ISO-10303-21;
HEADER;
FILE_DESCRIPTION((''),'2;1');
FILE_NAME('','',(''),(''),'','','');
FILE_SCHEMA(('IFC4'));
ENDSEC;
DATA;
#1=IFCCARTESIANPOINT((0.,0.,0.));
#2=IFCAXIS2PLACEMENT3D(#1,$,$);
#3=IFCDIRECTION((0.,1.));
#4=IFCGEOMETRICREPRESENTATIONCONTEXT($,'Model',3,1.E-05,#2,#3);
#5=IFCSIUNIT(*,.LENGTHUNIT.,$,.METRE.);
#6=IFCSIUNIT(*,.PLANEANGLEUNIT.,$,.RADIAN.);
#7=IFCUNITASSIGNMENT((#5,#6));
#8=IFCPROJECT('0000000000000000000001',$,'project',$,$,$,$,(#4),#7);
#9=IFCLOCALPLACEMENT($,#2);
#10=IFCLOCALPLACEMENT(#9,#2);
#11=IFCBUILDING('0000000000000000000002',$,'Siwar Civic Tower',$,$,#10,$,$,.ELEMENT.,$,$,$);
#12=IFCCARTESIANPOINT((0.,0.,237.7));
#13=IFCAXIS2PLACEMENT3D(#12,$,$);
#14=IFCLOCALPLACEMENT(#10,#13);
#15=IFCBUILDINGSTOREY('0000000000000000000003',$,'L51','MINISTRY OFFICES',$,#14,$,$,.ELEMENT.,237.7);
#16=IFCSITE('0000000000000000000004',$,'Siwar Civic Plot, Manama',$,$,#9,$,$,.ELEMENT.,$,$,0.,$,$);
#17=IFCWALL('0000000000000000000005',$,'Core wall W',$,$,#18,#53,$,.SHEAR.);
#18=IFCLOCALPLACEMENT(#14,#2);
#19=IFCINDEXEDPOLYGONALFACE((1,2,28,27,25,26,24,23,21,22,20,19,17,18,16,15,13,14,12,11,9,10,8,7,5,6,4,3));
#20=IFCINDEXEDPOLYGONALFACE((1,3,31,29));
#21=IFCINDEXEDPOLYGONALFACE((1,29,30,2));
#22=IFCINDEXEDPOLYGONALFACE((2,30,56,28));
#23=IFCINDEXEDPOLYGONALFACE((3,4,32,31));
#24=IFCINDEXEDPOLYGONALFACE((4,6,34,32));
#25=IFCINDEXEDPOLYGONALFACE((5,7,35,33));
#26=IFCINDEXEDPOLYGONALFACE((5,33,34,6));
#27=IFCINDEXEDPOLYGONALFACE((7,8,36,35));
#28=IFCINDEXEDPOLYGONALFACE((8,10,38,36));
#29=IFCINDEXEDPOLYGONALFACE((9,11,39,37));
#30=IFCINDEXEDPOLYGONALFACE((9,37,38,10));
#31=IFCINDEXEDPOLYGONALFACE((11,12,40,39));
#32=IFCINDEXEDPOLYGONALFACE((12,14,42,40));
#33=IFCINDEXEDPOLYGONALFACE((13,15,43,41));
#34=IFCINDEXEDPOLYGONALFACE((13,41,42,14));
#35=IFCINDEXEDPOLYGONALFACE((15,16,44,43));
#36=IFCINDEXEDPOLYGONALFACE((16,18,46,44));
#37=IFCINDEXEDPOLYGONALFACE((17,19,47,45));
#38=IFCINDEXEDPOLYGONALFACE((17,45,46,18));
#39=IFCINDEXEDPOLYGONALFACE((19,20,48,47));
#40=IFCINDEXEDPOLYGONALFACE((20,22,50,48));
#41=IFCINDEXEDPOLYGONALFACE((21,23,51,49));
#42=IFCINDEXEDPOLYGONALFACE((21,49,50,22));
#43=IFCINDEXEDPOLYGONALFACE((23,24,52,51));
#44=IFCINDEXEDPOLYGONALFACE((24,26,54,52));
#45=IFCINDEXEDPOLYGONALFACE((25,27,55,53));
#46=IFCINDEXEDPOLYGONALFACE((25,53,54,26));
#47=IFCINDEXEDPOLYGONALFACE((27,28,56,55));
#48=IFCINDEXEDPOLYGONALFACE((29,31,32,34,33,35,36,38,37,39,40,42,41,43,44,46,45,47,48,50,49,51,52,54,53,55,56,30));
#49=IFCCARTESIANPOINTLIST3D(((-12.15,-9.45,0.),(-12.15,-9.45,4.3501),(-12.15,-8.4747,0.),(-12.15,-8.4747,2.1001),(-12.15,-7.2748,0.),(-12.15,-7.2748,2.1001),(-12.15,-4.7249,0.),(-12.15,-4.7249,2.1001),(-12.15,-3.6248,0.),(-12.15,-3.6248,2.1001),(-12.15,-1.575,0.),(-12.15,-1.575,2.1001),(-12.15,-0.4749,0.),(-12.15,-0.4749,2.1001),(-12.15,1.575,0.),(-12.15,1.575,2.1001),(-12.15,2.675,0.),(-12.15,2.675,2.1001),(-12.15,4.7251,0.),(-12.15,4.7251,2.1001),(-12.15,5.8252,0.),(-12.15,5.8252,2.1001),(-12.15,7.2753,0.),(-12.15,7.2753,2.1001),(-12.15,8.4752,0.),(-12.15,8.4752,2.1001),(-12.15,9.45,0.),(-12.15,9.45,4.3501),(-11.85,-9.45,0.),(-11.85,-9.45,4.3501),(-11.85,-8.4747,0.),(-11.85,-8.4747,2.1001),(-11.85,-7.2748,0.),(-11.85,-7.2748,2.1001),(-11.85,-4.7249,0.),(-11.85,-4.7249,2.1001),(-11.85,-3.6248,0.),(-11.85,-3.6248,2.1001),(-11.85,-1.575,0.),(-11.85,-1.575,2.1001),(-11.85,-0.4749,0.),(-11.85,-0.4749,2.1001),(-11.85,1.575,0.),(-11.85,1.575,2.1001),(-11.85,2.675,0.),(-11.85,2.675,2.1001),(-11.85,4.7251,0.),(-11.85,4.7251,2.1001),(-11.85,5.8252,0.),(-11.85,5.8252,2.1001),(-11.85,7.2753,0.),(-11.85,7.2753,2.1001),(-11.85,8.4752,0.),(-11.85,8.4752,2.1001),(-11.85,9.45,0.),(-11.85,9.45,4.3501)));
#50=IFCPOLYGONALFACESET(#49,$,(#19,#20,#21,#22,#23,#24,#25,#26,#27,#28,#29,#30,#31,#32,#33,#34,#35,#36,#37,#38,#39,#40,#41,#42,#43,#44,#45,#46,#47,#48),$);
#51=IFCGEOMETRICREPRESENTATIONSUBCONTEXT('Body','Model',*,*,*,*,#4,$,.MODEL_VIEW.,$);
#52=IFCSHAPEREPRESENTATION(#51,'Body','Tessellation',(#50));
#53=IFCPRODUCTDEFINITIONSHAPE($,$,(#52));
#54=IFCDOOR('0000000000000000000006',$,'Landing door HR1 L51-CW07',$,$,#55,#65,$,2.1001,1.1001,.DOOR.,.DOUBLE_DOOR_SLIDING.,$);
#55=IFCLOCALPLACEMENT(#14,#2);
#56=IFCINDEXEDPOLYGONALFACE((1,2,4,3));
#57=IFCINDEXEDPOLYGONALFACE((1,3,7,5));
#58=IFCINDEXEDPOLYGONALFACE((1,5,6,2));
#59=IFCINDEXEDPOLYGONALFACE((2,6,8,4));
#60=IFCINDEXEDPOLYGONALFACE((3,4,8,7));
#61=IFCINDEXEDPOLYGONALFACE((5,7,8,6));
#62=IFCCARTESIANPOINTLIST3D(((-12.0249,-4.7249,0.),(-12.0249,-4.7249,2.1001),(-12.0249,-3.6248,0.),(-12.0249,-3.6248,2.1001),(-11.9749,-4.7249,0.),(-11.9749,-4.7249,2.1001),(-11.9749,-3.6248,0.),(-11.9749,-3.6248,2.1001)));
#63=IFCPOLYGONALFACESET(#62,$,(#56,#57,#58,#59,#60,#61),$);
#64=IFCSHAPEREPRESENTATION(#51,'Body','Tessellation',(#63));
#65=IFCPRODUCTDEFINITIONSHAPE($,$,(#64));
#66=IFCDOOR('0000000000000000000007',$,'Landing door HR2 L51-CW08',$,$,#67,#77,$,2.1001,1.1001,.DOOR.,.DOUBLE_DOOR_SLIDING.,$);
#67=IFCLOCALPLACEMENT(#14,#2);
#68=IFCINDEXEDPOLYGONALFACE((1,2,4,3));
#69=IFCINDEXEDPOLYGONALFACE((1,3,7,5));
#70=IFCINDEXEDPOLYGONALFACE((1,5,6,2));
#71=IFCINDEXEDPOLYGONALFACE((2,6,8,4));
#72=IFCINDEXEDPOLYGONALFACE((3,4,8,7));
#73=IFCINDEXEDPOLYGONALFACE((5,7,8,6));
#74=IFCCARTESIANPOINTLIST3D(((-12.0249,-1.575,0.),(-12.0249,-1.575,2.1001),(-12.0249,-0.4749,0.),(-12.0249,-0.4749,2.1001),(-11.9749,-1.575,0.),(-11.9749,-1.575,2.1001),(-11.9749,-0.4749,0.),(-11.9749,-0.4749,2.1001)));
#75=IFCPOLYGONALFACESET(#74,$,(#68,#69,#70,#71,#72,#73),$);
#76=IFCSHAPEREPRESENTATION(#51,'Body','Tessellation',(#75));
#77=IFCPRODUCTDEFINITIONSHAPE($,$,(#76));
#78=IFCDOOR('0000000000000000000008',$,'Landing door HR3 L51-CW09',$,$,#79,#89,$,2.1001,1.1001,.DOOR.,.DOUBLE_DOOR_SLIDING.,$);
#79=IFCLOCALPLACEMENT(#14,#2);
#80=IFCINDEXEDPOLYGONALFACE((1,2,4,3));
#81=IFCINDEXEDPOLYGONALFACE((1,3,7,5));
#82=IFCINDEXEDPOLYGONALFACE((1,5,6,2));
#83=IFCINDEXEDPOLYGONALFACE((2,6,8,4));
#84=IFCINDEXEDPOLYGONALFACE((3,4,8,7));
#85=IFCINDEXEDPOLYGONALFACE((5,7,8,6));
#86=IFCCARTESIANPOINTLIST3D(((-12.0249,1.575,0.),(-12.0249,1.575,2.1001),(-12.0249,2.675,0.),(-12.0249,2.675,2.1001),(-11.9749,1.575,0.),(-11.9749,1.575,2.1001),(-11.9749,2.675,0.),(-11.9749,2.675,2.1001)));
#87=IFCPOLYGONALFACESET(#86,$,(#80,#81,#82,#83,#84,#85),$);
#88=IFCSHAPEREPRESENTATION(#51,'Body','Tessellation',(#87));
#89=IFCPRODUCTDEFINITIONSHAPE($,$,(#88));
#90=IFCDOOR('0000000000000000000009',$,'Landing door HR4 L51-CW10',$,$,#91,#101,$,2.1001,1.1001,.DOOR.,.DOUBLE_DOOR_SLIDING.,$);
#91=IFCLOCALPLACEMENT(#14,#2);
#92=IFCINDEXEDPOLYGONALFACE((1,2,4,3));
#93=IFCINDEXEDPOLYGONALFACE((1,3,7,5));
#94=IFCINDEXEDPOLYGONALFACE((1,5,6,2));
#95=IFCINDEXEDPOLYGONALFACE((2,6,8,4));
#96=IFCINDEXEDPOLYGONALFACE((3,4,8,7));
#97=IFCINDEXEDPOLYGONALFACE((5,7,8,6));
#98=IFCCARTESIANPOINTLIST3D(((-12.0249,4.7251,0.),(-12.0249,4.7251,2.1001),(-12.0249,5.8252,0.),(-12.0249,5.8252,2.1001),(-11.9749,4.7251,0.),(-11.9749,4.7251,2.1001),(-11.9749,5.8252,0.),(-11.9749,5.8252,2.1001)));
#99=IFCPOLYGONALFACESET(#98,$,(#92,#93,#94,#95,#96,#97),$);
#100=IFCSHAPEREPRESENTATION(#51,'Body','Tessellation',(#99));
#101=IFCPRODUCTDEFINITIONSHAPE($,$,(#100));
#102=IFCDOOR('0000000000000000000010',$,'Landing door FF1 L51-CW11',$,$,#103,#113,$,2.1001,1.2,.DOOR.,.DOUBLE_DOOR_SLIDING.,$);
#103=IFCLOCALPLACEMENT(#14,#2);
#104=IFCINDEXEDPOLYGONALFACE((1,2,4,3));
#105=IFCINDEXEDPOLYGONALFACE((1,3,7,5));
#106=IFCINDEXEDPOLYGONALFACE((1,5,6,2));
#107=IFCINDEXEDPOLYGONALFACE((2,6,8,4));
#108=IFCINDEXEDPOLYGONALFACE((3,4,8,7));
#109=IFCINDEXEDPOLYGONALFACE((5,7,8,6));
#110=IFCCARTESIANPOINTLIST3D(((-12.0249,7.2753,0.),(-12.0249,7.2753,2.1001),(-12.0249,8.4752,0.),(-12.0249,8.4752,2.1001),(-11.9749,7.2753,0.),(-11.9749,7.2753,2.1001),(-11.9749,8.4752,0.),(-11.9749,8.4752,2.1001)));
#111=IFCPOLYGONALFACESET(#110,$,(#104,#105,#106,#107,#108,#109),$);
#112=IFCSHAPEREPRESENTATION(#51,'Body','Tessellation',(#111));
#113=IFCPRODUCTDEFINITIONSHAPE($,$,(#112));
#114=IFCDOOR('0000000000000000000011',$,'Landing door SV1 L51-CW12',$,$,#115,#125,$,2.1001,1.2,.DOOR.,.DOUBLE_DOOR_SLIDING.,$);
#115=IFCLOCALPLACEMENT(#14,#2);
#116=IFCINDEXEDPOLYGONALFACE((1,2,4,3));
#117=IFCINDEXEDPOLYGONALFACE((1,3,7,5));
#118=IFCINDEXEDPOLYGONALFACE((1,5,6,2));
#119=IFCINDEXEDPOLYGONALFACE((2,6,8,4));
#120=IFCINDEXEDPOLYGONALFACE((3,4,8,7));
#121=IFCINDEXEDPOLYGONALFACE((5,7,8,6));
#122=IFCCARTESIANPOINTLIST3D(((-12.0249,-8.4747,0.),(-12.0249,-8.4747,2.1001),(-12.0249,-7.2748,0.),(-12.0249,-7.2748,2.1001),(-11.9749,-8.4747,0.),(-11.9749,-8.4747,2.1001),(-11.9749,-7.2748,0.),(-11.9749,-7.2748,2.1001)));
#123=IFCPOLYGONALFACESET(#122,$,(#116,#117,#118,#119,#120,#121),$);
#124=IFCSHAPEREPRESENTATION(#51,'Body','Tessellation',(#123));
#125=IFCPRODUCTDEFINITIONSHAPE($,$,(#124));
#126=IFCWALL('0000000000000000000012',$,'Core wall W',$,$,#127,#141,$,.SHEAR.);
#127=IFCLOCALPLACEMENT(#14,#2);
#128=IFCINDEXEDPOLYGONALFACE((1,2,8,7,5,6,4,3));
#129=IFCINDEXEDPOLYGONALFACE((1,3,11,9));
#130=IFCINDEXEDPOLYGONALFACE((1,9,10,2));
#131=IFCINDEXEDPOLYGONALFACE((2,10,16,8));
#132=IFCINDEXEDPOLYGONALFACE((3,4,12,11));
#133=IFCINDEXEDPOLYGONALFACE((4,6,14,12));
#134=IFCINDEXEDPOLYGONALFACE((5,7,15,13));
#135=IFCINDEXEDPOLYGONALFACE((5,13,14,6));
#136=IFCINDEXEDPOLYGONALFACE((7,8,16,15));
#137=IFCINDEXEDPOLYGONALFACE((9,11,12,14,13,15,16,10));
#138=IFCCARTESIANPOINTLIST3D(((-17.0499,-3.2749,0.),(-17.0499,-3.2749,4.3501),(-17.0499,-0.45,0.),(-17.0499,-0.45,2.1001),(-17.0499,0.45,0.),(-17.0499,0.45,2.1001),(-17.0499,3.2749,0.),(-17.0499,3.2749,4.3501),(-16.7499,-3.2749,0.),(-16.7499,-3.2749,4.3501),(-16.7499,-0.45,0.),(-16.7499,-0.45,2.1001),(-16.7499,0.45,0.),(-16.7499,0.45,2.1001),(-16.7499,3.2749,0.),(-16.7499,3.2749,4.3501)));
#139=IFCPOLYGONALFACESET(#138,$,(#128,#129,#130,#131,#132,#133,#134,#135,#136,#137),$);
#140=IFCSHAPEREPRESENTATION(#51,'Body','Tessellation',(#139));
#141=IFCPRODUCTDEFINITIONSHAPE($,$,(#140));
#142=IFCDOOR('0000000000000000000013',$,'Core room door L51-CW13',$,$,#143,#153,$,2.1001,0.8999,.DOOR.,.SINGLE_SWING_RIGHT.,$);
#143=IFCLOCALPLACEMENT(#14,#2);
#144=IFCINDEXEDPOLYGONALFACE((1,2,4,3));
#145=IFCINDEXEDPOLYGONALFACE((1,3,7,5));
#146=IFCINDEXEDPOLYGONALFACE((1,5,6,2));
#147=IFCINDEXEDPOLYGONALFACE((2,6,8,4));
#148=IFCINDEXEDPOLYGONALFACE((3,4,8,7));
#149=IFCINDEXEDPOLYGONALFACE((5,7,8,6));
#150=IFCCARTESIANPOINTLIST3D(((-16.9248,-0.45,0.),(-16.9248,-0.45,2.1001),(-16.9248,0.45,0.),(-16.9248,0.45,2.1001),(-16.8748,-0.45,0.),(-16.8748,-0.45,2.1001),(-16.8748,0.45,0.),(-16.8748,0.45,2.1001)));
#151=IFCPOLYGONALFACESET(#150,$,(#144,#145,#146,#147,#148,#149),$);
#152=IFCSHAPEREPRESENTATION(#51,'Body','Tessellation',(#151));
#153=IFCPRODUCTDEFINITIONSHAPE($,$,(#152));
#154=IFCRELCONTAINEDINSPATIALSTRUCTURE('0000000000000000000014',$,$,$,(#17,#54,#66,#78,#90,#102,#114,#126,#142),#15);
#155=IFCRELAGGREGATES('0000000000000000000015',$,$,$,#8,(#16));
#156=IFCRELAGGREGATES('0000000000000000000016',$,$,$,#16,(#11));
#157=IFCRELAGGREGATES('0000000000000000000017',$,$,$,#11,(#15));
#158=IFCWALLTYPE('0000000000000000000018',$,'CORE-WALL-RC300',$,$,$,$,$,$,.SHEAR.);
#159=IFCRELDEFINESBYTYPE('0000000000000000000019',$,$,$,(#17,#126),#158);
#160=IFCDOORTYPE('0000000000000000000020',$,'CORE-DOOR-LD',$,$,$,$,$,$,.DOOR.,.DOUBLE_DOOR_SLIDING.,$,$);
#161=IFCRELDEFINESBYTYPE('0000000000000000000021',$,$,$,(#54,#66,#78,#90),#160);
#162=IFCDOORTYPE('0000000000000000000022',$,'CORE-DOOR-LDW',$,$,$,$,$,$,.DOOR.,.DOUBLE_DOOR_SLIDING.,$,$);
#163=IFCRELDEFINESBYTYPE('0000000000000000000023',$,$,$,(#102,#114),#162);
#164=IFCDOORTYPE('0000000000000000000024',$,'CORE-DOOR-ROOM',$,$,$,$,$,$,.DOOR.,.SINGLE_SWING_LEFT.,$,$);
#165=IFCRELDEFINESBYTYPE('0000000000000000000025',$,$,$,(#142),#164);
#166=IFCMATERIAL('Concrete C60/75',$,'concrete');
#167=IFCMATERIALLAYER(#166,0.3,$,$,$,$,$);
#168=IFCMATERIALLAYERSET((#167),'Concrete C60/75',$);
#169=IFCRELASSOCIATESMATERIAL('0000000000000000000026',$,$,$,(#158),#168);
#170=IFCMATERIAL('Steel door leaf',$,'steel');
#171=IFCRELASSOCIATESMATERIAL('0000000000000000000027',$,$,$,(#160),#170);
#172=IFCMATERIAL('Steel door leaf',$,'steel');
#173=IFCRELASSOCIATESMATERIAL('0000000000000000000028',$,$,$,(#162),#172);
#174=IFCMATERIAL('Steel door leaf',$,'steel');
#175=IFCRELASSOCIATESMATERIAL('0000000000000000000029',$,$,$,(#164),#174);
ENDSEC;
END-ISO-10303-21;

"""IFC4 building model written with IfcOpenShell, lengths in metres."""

from ifc_helpers import new_model, si_unit, direction, frame, frame_2d, origin, place, context, subcontext, project, spatial, rectangle, extrude, material, layer, layer_set, type_object, element, fill, save


model = new_model("IFC4")

# Units and contexts
model_context = context("Model", 3, precision=1e-05, world=origin(), true_north=direction((0.0, 1.0)))
body_context = subcontext(model_context, "Body", "Model", "MODEL_VIEW")
ifc_project = project(units=[si_unit("LENGTHUNIT", "METRE"), si_unit("PLANEANGLEUNIT", "RADIAN")], contexts=[model_context])

# Site, building, storey
site_placement = place(None, origin())
site = spatial("IfcSite", under=ifc_project, at=site_placement, Name="Siwar Civic Plot, Manama", CompositionType="ELEMENT", RefElevation=0.0)
building_placement = place(site_placement, origin())
building = spatial("IfcBuilding", under=site, at=building_placement, Name="Siwar Civic Tower", CompositionType="ELEMENT")
storey_placement = place(building_placement, frame((0.0, 0.0, 237.7)))
storey = spatial("IfcBuildingStorey", under=building, at=storey_placement, Name="L51", Description="MINISTRY OFFICES", CompositionType="ELEMENT", Elevation=237.7)

# Wall, openings, doors
ifc_material_1 = material(Name="Concrete C60/75", Category="concrete")
ifc_layer_1 = layer(ifc_material_1, 0.3)
ifc_layer_set_1 = layer_set([ifc_layer_1], Name="Concrete C60/75")
wall_type_1 = type_object("IfcWallType", Name="CORE-WALL-RC300", PredefinedType="SHEAR", material=ifc_layer_set_1)
wall_1_placement = place(storey_placement, frame((-12.0, -9.45, 0.0), z_axis=(0.0, 0.0, 1.0), x_axis=(0.0, 1.0, 0.0)))
wall_1 = element("IfcWall", 1, at=wall_1_placement, inside=storey, type_object=wall_type_1, Name="Core wall W", PredefinedType="SHEAR", context=body_context, shape_type="SweptSolid", body=[
    extrude(rectangle(XDim=18.8999, YDim=0.3, at=frame_2d((9.45, 0.0))), origin(), (0.0, 0.0, 1.0), 4.3501),
])
opening_1_placement = place(wall_1_placement, frame((4.7251, 0.0, 0.0)))
opening_1 = element("IfcOpeningElement", 2, at=opening_1_placement, cuts=wall_1, PredefinedType="OPENING", context=body_context, shape_type="SweptSolid", body=[
    extrude(rectangle(XDim=1.1001, YDim=2.1001, at=frame_2d((0.55, 1.05))), frame((0.0, 0.1602, 0.0), z_axis=(0.0, -1.0, 0.0), x_axis=(1.0, 0.0, 0.0)), (0.0, 0.0, 1.0), 0.3201),
])
opening_2_placement = place(wall_1_placement, frame((7.875, 0.0, 0.0)))
opening_2 = element("IfcOpeningElement", 3, at=opening_2_placement, cuts=wall_1, PredefinedType="OPENING", context=body_context, shape_type="SweptSolid", body=[
    extrude(rectangle(XDim=1.1001, YDim=2.1001, at=frame_2d((0.55, 1.05))), frame((0.0, 0.1602, 0.0), z_axis=(0.0, -1.0, 0.0), x_axis=(1.0, 0.0, 0.0)), (0.0, 0.0, 1.0), 0.3201),
])
opening_3_placement = place(wall_1_placement, frame((11.0249, 0.0, 0.0)))
opening_3 = element("IfcOpeningElement", 4, at=opening_3_placement, cuts=wall_1, PredefinedType="OPENING", context=body_context, shape_type="SweptSolid", body=[
    extrude(rectangle(XDim=1.1001, YDim=2.1001, at=frame_2d((0.55, 1.05))), frame((0.0, 0.1602, 0.0), z_axis=(0.0, -1.0, 0.0), x_axis=(1.0, 0.0, 0.0)), (0.0, 0.0, 1.0), 0.3201),
])
opening_4_placement = place(wall_1_placement, frame((14.175, 0.0, 0.0)))
opening_4 = element("IfcOpeningElement", 5, at=opening_4_placement, cuts=wall_1, PredefinedType="OPENING", context=body_context, shape_type="SweptSolid", body=[
    extrude(rectangle(XDim=1.1001, YDim=2.1001, at=frame_2d((0.55, 1.05))), frame((0.0, 0.1602, 0.0), z_axis=(0.0, -1.0, 0.0), x_axis=(1.0, 0.0, 0.0)), (0.0, 0.0, 1.0), 0.3201),
])
opening_5_placement = place(wall_1_placement, frame((16.7251, 0.0, 0.0)))
opening_5 = element("IfcOpeningElement", 6, at=opening_5_placement, cuts=wall_1, PredefinedType="OPENING", context=body_context, shape_type="SweptSolid", body=[
    extrude(rectangle(XDim=1.2, YDim=2.1001, at=frame_2d((0.6001, 1.05))), frame((0.0, 0.1602, 0.0), z_axis=(0.0, -1.0, 0.0), x_axis=(1.0, 0.0, 0.0)), (0.0, 0.0, 1.0), 0.3201),
])
opening_6_placement = place(wall_1_placement, frame((0.9751, 0.0, 0.0)))
opening_6 = element("IfcOpeningElement", 7, at=opening_6_placement, cuts=wall_1, PredefinedType="OPENING", context=body_context, shape_type="SweptSolid", body=[
    extrude(rectangle(XDim=1.2, YDim=2.1001, at=frame_2d((0.6001, 1.05))), frame((0.0, 0.1602, 0.0), z_axis=(0.0, -1.0, 0.0), x_axis=(1.0, 0.0, 0.0)), (0.0, 0.0, 1.0), 0.3201),
])
ifc_material_2 = material(Name="Steel door leaf", Category="steel")
door_type_1 = type_object("IfcDoorType", Name="CORE-DOOR-LD", OperationType="DOUBLE_DOOR_SLIDING", PredefinedType="DOOR", material=ifc_material_2)
door_1_placement = place(opening_1_placement, origin())
door_1 = element("IfcDoor", 8, at=door_1_placement, inside=storey, type_object=door_type_1, Name="Landing door HR1 L51-CW07", OperationType="DOUBLE_DOOR_SLIDING", OverallHeight=2.1001, OverallWidth=1.1001, PredefinedType="DOOR", context=body_context, shape_type="SweptSolid", body=[
    extrude(rectangle(XDim=1.1001, YDim=2.1001, at=frame_2d((0.55, 1.05))), frame((0.0, 0.0249, 0.0), z_axis=(0.0, -1.0, 0.0), x_axis=(1.0, 0.0, 0.0)), (0.0, 0.0, 1.0), 0.05),
])
fill(opening_1, door_1)
door_2_placement = place(opening_2_placement, origin())
door_2 = element("IfcDoor", 9, at=door_2_placement, inside=storey, type_object=door_type_1, Name="Landing door HR2 L51-CW08", OperationType="DOUBLE_DOOR_SLIDING", OverallHeight=2.1001, OverallWidth=1.1001, PredefinedType="DOOR", context=body_context, shape_type="SweptSolid", body=[
    extrude(rectangle(XDim=1.1001, YDim=2.1001, at=frame_2d((0.55, 1.05))), frame((0.0, 0.0249, 0.0), z_axis=(0.0, -1.0, 0.0), x_axis=(1.0, 0.0, 0.0)), (0.0, 0.0, 1.0), 0.05),
])
fill(opening_2, door_2)
door_3_placement = place(opening_3_placement, origin())
door_3 = element("IfcDoor", 10, at=door_3_placement, inside=storey, type_object=door_type_1, Name="Landing door HR3 L51-CW09", OperationType="DOUBLE_DOOR_SLIDING", OverallHeight=2.1001, OverallWidth=1.1001, PredefinedType="DOOR", context=body_context, shape_type="SweptSolid", body=[
    extrude(rectangle(XDim=1.1001, YDim=2.1001, at=frame_2d((0.55, 1.05))), frame((0.0, 0.0249, 0.0), z_axis=(0.0, -1.0, 0.0), x_axis=(1.0, 0.0, 0.0)), (0.0, 0.0, 1.0), 0.05),
])
fill(opening_3, door_3)
door_4_placement = place(opening_4_placement, origin())
door_4 = element("IfcDoor", 11, at=door_4_placement, inside=storey, type_object=door_type_1, Name="Landing door HR4 L51-CW10", OperationType="DOUBLE_DOOR_SLIDING", OverallHeight=2.1001, OverallWidth=1.1001, PredefinedType="DOOR", context=body_context, shape_type="SweptSolid", body=[
    extrude(rectangle(XDim=1.1001, YDim=2.1001, at=frame_2d((0.55, 1.05))), frame((0.0, 0.0249, 0.0), z_axis=(0.0, -1.0, 0.0), x_axis=(1.0, 0.0, 0.0)), (0.0, 0.0, 1.0), 0.05),
])
fill(opening_4, door_4)
ifc_material_3 = material(Name="Steel door leaf", Category="steel")
door_type_2 = type_object("IfcDoorType", Name="CORE-DOOR-LDW", OperationType="DOUBLE_DOOR_SLIDING", PredefinedType="DOOR", material=ifc_material_3)
door_5_placement = place(opening_5_placement, origin())
door_5 = element("IfcDoor", 12, at=door_5_placement, inside=storey, type_object=door_type_2, Name="Landing door FF1 L51-CW11", OperationType="DOUBLE_DOOR_SLIDING", OverallHeight=2.1001, OverallWidth=1.2, PredefinedType="DOOR", context=body_context, shape_type="SweptSolid", body=[
    extrude(rectangle(XDim=1.2, YDim=2.1001, at=frame_2d((0.6001, 1.05))), frame((0.0, 0.0249, 0.0), z_axis=(0.0, -1.0, 0.0), x_axis=(1.0, 0.0, 0.0)), (0.0, 0.0, 1.0), 0.05),
])
fill(opening_5, door_5)
door_6_placement = place(opening_6_placement, origin())
door_6 = element("IfcDoor", 13, at=door_6_placement, inside=storey, type_object=door_type_2, Name="Landing door SV1 L51-CW12", OperationType="DOUBLE_DOOR_SLIDING", OverallHeight=2.1001, OverallWidth=1.2, PredefinedType="DOOR", context=body_context, shape_type="SweptSolid", body=[
    extrude(rectangle(XDim=1.2, YDim=2.1001, at=frame_2d((0.6001, 1.05))), frame((0.0, 0.0249, 0.0), z_axis=(0.0, -1.0, 0.0), x_axis=(1.0, 0.0, 0.0)), (0.0, 0.0, 1.0), 0.05),
])
fill(opening_6, door_6)

# Wall, opening, door
wall_2_placement = place(storey_placement, frame((-16.8999, -3.2749, 0.0), z_axis=(0.0, 0.0, 1.0), x_axis=(0.0, 1.0, 0.0)))
wall_2 = element("IfcWall", 14, at=wall_2_placement, inside=storey, type_object=wall_type_1, Name="Core wall W", PredefinedType="SHEAR", context=body_context, shape_type="SweptSolid", body=[
    extrude(rectangle(XDim=6.5498, YDim=0.3, at=frame_2d((3.2749, 0.0))), origin(), (0.0, 0.0, 1.0), 4.3501),
])
opening_7_placement = place(wall_2_placement, frame((2.825, 0.0, 0.0)))
opening_7 = element("IfcOpeningElement", 15, at=opening_7_placement, cuts=wall_2, PredefinedType="OPENING", context=body_context, shape_type="SweptSolid", body=[
    extrude(rectangle(XDim=0.8999, YDim=2.1001, at=frame_2d((0.45, 1.05))), frame((0.0, 0.1602, 0.0), z_axis=(0.0, -1.0, 0.0), x_axis=(1.0, 0.0, 0.0)), (0.0, 0.0, 1.0), 0.3201),
])
ifc_material_4 = material(Name="Steel door leaf", Category="steel")
door_type_3 = type_object("IfcDoorType", Name="CORE-DOOR-ROOM", OperationType="SINGLE_SWING_LEFT", PredefinedType="DOOR", material=ifc_material_4)
door_7_placement = place(opening_7_placement, origin())
door_7 = element("IfcDoor", 16, at=door_7_placement, inside=storey, type_object=door_type_3, Name="Core room door L51-CW13", OperationType="SINGLE_SWING_RIGHT", OverallHeight=2.1001, OverallWidth=0.8999, PredefinedType="DOOR", context=body_context, shape_type="SweptSolid", body=[
    extrude(rectangle(XDim=0.8999, YDim=2.1001, at=frame_2d((0.45, 1.05))), frame((0.0, 0.0249, 0.0), z_axis=(0.0, -1.0, 0.0), x_axis=(1.0, 0.0, 0.0)), (0.0, 0.0, 1.0), 0.05),
])
fill(opening_7, door_7)

save(model, "model.ifc")
